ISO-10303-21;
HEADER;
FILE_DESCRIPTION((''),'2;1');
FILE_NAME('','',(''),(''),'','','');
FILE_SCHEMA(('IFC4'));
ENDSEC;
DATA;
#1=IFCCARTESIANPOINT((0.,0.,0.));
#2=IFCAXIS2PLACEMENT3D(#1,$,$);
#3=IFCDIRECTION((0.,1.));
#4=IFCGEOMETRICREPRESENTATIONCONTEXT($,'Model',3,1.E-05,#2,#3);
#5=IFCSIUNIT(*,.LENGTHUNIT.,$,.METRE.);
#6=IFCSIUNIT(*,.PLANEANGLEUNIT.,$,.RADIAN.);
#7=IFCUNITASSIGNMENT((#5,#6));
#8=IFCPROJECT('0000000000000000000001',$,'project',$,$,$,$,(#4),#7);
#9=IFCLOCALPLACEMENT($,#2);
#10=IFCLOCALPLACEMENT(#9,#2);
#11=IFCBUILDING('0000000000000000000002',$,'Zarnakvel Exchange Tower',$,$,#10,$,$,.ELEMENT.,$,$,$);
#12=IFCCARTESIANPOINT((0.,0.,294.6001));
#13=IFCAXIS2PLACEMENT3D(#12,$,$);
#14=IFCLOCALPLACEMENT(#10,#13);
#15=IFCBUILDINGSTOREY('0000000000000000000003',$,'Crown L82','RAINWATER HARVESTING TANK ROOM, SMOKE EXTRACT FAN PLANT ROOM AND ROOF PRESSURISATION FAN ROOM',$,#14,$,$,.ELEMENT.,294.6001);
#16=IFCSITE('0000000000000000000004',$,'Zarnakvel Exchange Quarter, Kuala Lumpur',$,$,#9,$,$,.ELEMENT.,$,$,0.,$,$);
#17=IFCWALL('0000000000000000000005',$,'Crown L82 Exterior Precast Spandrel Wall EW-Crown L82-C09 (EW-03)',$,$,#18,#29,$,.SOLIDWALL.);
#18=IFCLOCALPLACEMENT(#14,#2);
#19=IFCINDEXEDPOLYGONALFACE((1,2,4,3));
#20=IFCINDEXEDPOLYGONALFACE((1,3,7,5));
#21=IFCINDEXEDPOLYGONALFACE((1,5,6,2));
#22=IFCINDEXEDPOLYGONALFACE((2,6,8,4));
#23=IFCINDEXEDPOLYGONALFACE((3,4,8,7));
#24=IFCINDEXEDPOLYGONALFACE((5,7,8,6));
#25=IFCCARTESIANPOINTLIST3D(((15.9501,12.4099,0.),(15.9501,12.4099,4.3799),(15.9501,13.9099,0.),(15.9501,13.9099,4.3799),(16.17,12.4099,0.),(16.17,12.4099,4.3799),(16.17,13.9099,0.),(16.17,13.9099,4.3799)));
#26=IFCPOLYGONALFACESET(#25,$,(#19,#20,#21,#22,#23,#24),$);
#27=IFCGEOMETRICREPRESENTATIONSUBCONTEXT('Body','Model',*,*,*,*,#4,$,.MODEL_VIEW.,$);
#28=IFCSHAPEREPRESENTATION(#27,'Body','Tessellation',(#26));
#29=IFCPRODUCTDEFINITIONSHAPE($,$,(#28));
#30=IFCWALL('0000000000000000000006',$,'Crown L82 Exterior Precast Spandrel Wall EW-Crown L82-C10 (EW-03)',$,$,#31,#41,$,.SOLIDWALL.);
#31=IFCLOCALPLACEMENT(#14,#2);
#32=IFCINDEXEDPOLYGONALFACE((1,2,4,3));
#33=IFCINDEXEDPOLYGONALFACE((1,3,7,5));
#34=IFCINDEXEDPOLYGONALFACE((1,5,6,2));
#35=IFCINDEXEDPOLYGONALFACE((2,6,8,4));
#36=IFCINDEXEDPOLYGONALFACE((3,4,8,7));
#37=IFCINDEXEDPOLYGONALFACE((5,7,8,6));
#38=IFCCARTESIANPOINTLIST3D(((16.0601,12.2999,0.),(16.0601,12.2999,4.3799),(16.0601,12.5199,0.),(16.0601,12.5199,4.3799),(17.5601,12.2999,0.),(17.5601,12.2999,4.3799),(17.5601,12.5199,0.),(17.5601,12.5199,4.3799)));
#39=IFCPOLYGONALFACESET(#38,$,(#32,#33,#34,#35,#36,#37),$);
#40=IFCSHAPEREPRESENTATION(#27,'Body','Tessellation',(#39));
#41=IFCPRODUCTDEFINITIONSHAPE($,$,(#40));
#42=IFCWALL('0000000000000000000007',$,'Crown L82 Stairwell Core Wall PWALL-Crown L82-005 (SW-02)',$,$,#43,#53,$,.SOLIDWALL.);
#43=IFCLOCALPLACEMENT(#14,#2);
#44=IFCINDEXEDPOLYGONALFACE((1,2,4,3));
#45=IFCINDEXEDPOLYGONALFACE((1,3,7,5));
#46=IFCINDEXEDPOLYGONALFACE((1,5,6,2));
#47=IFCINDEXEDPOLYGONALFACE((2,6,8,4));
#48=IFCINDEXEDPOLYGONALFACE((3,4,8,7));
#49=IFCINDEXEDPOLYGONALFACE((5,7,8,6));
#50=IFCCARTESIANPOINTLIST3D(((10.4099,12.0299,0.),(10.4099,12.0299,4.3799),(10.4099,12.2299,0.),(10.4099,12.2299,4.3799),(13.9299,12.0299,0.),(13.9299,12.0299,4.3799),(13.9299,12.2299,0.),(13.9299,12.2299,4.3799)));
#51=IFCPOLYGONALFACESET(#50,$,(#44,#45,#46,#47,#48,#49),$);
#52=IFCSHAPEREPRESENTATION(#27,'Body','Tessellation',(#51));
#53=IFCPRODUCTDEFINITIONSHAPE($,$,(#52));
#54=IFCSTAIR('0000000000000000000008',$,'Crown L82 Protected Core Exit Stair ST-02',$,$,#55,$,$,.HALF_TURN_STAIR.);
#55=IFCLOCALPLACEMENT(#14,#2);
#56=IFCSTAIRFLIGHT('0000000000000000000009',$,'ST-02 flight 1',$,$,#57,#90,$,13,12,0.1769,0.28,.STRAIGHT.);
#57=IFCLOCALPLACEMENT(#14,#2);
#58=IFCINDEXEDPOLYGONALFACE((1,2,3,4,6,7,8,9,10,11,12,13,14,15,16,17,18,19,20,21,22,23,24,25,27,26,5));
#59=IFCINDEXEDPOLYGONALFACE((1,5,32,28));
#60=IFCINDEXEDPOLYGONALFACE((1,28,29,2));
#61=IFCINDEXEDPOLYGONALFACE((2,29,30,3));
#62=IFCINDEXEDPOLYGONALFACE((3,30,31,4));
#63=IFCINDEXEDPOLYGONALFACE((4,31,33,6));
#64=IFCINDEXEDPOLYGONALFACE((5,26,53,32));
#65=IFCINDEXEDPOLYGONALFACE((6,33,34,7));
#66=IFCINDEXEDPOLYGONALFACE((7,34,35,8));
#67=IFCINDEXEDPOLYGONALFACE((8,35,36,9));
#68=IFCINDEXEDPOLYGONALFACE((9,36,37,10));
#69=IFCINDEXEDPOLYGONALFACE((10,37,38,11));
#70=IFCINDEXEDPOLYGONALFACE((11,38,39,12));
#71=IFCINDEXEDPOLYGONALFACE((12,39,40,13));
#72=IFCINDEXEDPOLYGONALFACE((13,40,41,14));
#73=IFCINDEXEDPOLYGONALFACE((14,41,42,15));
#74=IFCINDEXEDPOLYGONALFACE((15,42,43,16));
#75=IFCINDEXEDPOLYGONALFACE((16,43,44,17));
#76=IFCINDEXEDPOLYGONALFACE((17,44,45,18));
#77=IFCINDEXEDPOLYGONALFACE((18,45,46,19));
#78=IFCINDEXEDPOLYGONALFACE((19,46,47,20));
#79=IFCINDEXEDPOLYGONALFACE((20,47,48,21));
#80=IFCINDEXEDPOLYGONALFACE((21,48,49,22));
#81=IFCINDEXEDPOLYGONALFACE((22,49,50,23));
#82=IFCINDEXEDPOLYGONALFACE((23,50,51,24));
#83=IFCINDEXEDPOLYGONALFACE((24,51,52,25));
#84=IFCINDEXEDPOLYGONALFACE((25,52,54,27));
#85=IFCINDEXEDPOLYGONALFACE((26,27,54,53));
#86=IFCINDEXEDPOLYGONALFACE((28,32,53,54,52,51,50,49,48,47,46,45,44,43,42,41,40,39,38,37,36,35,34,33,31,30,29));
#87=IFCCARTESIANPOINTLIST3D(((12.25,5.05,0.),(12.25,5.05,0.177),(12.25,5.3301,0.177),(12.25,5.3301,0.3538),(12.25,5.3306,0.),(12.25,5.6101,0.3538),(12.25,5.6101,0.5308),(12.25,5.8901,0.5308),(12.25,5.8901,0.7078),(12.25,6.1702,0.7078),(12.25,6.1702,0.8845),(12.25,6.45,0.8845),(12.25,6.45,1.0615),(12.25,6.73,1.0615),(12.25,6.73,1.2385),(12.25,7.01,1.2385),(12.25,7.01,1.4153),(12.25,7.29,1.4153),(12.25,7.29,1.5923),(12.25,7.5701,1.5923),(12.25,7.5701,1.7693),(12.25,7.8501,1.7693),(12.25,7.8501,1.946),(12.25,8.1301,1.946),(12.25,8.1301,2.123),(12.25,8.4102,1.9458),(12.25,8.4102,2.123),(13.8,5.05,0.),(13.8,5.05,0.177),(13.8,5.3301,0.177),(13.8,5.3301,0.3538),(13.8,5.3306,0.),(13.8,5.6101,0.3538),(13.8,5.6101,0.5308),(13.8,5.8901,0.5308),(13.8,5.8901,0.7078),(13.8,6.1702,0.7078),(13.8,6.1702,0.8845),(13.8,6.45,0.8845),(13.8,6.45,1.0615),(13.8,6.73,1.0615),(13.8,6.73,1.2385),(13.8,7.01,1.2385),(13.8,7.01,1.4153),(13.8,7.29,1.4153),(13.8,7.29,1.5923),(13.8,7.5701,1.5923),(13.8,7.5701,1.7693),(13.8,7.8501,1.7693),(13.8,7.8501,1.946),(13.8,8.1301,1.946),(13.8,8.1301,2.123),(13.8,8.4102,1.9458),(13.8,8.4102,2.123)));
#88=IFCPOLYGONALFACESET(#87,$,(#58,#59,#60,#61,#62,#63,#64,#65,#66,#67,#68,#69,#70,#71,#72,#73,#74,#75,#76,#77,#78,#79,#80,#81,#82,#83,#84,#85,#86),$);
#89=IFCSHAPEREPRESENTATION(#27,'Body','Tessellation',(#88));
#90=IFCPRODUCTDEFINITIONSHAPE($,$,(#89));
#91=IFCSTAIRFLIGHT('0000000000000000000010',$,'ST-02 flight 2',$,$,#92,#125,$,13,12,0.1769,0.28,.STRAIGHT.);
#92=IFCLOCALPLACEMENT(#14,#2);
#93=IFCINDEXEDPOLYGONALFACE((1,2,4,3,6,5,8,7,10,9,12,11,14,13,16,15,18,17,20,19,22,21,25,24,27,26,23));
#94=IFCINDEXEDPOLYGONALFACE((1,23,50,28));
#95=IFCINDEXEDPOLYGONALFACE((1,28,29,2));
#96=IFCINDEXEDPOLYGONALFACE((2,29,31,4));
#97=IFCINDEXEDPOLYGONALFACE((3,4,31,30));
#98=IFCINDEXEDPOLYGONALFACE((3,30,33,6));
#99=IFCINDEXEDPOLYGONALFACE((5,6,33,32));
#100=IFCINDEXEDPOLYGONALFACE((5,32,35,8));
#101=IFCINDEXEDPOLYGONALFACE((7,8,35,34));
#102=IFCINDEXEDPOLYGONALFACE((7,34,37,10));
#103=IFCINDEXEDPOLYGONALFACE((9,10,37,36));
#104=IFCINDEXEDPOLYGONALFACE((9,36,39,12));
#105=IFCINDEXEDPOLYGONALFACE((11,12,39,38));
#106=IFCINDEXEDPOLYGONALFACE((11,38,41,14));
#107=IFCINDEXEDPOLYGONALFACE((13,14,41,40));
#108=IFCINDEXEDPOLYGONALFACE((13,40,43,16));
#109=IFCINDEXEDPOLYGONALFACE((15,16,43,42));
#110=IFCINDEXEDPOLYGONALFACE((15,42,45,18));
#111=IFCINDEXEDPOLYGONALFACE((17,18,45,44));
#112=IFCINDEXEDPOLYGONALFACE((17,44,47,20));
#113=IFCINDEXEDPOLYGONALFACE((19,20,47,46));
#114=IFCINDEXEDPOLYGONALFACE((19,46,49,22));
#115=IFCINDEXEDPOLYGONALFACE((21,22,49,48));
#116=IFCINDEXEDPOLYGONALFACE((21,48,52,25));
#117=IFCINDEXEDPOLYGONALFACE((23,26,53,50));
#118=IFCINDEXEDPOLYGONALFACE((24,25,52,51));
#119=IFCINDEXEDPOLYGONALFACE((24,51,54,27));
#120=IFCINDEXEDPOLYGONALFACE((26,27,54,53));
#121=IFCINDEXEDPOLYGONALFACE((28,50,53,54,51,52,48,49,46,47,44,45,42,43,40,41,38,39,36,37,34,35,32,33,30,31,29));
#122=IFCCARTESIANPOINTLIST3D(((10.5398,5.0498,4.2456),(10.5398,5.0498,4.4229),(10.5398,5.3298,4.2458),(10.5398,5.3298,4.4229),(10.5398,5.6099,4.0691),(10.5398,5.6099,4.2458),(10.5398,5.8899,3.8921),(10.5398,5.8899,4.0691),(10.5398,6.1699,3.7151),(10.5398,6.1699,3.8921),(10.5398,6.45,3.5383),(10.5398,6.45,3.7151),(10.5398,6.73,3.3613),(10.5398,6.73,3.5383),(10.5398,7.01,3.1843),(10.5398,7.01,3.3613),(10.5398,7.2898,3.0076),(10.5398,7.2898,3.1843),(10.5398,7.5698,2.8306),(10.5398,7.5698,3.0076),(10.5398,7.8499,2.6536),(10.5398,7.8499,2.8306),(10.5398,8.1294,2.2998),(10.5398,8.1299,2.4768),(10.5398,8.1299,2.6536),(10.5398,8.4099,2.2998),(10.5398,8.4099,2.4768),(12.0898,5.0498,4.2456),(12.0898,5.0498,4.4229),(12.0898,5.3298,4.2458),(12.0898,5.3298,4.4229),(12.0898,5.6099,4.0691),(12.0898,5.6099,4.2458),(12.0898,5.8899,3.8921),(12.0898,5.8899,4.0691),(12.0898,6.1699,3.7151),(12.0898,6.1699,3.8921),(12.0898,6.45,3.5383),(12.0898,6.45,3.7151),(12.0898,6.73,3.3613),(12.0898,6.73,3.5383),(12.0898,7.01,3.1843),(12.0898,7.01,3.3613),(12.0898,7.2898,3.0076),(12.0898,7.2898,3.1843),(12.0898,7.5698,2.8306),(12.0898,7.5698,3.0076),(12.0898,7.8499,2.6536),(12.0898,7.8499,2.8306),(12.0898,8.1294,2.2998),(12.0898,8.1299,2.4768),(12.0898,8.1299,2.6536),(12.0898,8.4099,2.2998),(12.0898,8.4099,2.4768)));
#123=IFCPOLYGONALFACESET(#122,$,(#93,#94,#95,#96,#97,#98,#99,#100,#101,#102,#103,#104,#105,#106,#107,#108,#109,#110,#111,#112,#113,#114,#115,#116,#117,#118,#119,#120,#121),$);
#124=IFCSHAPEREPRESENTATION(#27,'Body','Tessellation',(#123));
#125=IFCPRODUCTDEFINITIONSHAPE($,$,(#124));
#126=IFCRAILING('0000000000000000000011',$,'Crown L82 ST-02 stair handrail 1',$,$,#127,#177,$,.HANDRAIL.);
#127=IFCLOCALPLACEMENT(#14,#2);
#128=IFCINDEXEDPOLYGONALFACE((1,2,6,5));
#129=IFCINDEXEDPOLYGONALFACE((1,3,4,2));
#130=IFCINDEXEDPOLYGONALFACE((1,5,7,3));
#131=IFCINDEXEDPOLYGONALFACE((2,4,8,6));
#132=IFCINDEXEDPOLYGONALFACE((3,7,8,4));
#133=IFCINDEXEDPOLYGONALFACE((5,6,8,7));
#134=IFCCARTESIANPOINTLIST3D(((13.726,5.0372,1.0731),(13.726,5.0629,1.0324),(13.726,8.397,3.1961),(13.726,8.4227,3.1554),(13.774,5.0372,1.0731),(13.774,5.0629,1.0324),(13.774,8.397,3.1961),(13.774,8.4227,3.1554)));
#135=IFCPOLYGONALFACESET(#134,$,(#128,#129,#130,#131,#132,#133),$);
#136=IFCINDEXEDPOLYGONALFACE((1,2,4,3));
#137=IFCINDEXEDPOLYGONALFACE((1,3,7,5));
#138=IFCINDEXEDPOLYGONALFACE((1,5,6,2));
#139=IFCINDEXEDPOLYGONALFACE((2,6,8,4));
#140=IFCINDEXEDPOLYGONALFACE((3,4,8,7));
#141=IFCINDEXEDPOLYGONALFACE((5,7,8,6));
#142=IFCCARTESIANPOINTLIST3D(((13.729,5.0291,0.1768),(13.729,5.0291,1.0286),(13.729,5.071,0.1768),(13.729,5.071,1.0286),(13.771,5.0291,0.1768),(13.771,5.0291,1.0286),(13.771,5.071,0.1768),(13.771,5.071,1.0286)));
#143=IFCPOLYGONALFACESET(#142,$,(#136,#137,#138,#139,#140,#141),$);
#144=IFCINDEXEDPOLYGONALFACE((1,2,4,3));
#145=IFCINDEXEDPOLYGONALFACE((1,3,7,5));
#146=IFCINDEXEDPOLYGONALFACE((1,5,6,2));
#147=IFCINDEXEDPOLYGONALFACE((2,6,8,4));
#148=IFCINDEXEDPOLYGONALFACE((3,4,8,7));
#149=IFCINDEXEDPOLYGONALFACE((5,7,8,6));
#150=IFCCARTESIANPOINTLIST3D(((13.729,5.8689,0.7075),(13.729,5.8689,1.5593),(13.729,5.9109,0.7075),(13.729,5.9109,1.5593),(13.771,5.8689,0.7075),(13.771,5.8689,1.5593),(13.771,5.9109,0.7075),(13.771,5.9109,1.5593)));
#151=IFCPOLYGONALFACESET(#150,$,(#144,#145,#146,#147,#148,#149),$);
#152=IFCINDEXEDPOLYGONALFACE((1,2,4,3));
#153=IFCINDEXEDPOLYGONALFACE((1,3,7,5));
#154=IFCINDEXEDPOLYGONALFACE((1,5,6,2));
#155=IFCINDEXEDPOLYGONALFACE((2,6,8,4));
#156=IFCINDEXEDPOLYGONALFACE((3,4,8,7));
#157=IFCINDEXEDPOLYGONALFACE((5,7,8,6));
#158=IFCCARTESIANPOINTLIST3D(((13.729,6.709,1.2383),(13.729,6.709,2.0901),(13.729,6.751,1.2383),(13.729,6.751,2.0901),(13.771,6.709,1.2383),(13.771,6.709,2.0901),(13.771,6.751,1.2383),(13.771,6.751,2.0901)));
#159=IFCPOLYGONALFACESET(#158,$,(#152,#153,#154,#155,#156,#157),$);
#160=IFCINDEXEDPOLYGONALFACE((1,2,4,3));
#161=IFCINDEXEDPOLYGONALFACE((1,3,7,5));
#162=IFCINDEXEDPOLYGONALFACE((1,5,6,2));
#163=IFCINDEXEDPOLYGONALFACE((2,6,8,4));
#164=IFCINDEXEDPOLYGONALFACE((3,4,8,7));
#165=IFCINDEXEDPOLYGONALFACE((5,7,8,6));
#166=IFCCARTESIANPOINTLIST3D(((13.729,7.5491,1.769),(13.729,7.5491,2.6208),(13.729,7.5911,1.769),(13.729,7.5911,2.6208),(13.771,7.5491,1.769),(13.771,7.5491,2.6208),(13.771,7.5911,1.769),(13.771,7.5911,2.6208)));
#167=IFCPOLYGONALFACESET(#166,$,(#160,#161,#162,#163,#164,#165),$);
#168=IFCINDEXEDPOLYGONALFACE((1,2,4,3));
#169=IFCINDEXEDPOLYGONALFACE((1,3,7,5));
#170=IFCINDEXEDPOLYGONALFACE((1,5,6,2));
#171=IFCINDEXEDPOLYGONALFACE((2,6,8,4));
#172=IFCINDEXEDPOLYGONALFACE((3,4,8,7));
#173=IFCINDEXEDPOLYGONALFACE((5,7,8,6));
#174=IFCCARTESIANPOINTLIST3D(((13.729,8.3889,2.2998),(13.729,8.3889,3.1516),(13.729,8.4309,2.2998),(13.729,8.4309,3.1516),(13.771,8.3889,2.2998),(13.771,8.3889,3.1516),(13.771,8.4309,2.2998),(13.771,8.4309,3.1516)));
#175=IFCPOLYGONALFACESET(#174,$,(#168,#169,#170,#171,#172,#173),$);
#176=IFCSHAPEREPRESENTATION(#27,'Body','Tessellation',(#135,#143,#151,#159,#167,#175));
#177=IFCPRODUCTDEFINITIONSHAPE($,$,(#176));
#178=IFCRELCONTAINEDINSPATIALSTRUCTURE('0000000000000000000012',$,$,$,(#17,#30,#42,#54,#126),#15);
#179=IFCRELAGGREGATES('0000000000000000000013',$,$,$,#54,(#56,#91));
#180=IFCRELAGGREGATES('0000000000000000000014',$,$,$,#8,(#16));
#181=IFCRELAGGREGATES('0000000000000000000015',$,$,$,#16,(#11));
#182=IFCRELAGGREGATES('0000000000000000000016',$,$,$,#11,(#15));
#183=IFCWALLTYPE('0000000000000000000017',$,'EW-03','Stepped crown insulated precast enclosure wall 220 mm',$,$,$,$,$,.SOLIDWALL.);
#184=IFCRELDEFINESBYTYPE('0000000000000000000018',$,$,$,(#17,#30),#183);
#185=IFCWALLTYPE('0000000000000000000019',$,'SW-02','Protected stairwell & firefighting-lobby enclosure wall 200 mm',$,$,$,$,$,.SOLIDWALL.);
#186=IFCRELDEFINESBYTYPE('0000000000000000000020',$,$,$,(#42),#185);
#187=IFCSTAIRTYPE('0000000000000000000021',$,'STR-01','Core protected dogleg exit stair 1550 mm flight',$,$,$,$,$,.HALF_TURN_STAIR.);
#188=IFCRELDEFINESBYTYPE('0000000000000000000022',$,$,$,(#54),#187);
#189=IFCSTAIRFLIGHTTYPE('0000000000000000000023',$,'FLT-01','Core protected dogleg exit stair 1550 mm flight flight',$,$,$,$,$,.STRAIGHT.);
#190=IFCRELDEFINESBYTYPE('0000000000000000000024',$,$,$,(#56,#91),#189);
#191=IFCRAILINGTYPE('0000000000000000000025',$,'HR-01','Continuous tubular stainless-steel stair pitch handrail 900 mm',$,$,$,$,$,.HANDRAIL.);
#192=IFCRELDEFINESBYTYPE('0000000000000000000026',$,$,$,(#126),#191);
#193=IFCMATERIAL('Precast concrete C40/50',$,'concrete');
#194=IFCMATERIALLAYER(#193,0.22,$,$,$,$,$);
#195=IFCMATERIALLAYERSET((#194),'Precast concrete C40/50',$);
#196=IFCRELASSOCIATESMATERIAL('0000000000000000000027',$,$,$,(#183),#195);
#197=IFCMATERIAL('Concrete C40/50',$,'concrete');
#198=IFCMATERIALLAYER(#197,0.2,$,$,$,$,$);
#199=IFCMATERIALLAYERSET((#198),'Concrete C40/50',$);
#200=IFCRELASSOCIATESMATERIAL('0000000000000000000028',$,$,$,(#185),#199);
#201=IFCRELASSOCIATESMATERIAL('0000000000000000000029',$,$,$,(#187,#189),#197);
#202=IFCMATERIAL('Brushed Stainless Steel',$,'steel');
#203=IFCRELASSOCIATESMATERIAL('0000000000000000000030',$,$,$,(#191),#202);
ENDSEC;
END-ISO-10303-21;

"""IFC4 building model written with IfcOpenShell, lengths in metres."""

from ifc_helpers import new_model, si_unit, direction, frame, frame_2d, origin, origin_2d, place, context, subcontext, project, spatial, polyline, rectangle, outline, extrude, material, layer, layer_set, type_object, element, aggregate, save


model = new_model("IFC4")

# Units and contexts
model_context = context("Model", 3, precision=1e-05, world=origin(), true_north=direction((0.0, 1.0)))
body_context = subcontext(model_context, "Body", "Model", "MODEL_VIEW")
ifc_project = project(units=[si_unit("LENGTHUNIT", "METRE"), si_unit("PLANEANGLEUNIT", "RADIAN")], contexts=[model_context])

# Site, building, storey
site_placement = place(None, origin())
site = spatial("IfcSite", under=ifc_project, at=site_placement, Name="Zarnakvel Exchange Quarter, Kuala Lumpur", CompositionType="ELEMENT", RefElevation=0.0)
building_placement = place(site_placement, origin())
building = spatial("IfcBuilding", under=site, at=building_placement, Name="Zarnakvel Exchange Tower", CompositionType="ELEMENT")
storey_placement = place(building_placement, frame((0.0, 0.0, 294.6001)))
storey = spatial("IfcBuildingStorey", under=building, at=storey_placement, Name="Crown L82", Description="RAINWATER HARVESTING TANK ROOM, SMOKE EXTRACT FAN PLANT ROOM AND ROOF PRESSURISATION FAN ROOM", CompositionType="ELEMENT", Elevation=294.6001)

# Walls
ifc_material_1 = material(Name="Precast concrete C40/50", Category="concrete")
ifc_layer_1 = layer(ifc_material_1, 0.22)
ifc_layer_set_1 = layer_set([ifc_layer_1], Name="Precast concrete C40/50")
wall_type_1 = type_object("IfcWallType", Name="EW-03", Description="Stepped crown insulated precast enclosure wall 220 mm", PredefinedType="SOLIDWALL", material=ifc_layer_set_1)
for number, where, z_axis, x_axis, name in (
    (1, (16.0601, 12.4099, 0.0), (0.0, 0.0, 1.0), (0.0, 1.0, 0.0), "Crown L82 Exterior Precast Spandrel Wall EW-Crown L82-C09 (EW-03)"),
    (2, (17.5601, 12.4099, 0.0), (0.0, 0.0, 1.0), (-1.0, 0.0, 0.0), "Crown L82 Exterior Precast Spandrel Wall EW-Crown L82-C10 (EW-03)"),
):
    element("IfcWall", number, at=place(storey_placement, frame(where, z_axis=z_axis, x_axis=x_axis)), inside=storey, type_object=wall_type_1, Name=name, PredefinedType="SOLIDWALL", context=body_context, shape_type="SweptSolid", body=[
        extrude(rectangle(XDim=1.5, YDim=0.22, at=frame_2d((0.75, 0.0))), origin(), (0.0, 0.0, 1.0), 4.3799),
    ])

# Shared definitions
ifc_material_2 = material(Name="Concrete C40/50", Category="concrete")
ifc_layer_2 = layer(ifc_material_2, 0.2)
ifc_layer_set_2 = layer_set([ifc_layer_2], Name="Concrete C40/50")
wall_type_2 = type_object("IfcWallType", Name="SW-02", Description="Protected stairwell & firefighting-lobby enclosure wall 200 mm", PredefinedType="SOLIDWALL", material=ifc_layer_set_2)

# Wall
wall_1_placement = place(storey_placement, frame((10.4099, 12.1299, 0.0), z_axis=(0.0, 0.0, 1.0), x_axis=(1.0, 0.0, 0.0)))
element("IfcWall", 3, at=wall_1_placement, inside=storey, type_object=wall_type_2, Name="Crown L82 Stairwell Core Wall PWALL-Crown L82-005 (SW-02)", PredefinedType="SOLIDWALL", context=body_context, shape_type="SweptSolid", body=[
    extrude(rectangle(XDim=3.52, YDim=0.2, at=frame_2d((1.76, 0.0))), origin(), (0.0, 0.0, 1.0), 4.3799),
])

# Stair, stair flights
stair_type = type_object("IfcStairType", Name="STR-01", Description="Core protected dogleg exit stair 1550 mm flight", PredefinedType="HALF_TURN_STAIR", material=ifc_material_2)
stair_placement = place(storey_placement, origin())
stair = element("IfcStair", 4, at=stair_placement, inside=storey, type_object=stair_type, Name="Crown L82 Protected Core Exit Stair ST-02", PredefinedType="HALF_TURN_STAIR")
stair_flight_type = type_object("IfcStairFlightType", Name="FLT-01", Description="Core protected dogleg exit stair 1550 mm flight flight", PredefinedType="STRAIGHT", material=ifc_material_2)
stair_flight_1_placement = place(storey_placement, frame((13.0249, 5.05, 0.0), z_axis=(0.0, 0.0, 1.0), x_axis=(0.0, 1.0, 0.0)))
stair_flight_1 = element("IfcStairFlight", 5, at=stair_flight_1_placement, type_object=stair_flight_type, Name="ST-02 flight 1", NumberOfRisers=13, NumberOfTreads=12, PredefinedType="STRAIGHT", RiserHeight=0.1769, TreadLength=0.28, context=body_context, shape_type="SweptSolid", body=[
    extrude(outline(polyline([(0.0, 0.0), (0.0, 0.177), (0.28, 0.177), (0.28, 0.3538), (0.5601, 0.3538), (0.5601, 0.5308), (0.8401, 0.5308), (0.8401, 0.7078), (1.1201, 0.7078), (1.1201, 0.8845), (1.3999, 0.8845), (1.3999, 1.0615), (1.6799, 1.0615), (1.6799, 1.2385), (1.96, 1.2385), (1.96, 1.4153), (2.24, 1.4153), (2.24, 1.5923), (2.52, 1.5923), (2.52, 1.7693), (2.8, 1.7693), (2.8, 1.946), (3.0801, 1.946), (3.0801, 2.123), (3.3601, 2.123), (3.3601, 2.3), (3.3601, 1.9458), (0.2805, 0.0), (0.0, 0.0)])), frame((0.0, 0.7749, 0.0), z_axis=(0.0, -1.0, 0.0), x_axis=(1.0, 0.0, 0.0)), (0.0, 0.0, 1.0), 1.55),
])
stair_flight_2_placement = place(storey_placement, frame((11.3149, 8.4099, 2.2998), z_axis=(0.0, 0.0, 1.0), x_axis=(0.0, -1.0, 0.0)))
stair_flight_2 = element("IfcStairFlight", 6, at=stair_flight_2_placement, type_object=stair_flight_type, Name="ST-02 flight 2", NumberOfRisers=13, NumberOfTreads=12, PredefinedType="STRAIGHT", RiserHeight=0.1769, TreadLength=0.28, context=body_context, shape_type="SweptSolid", body=[
    extrude(outline(polyline([(0.0, 0.0), (0.0, 0.177), (0.28, 0.177), (0.28, 0.3538), (0.5601, 0.3538), (0.5601, 0.5308), (0.8401, 0.5308), (0.8401, 0.7078), (1.1201, 0.7078), (1.1201, 0.8845), (1.3999, 0.8845), (1.3999, 1.0615), (1.6799, 1.0615), (1.6799, 1.2385), (1.96, 1.2385), (1.96, 1.4153), (2.24, 1.4153), (2.24, 1.5923), (2.52, 1.5923), (2.52, 1.7693), (2.8, 1.7693), (2.8, 1.946), (3.0801, 1.946), (3.0801, 2.123), (3.3601, 2.123), (3.3601, 2.3), (3.3601, 1.9458), (0.2805, 0.0), (0.0, 0.0)])), frame((0.0, 0.7749, 0.0), z_axis=(0.0, -1.0, 0.0), x_axis=(1.0, 0.0, 0.0)), (0.0, 0.0, 1.0), 1.55),
])
aggregate(stair, [stair_flight_1, stair_flight_2])

# Railing
ifc_material_3 = material(Name="Brushed Stainless Steel", Category="steel")
railing_type_1 = type_object("IfcRailingType", Name="HR-01", Description="Continuous tubular stainless-steel stair pitch handrail 900 mm", PredefinedType="HANDRAIL", material=ifc_material_3)
railing_1_placement = place(storey_placement, frame((13.75, 5.05, 0.1768)))
element("IfcRailing", 7, at=railing_1_placement, inside=storey, type_object=railing_type_1, Name="Crown L82 ST-02 stair handrail 1", PredefinedType="HANDRAIL", context=body_context, shape_type="SweptSolid", body=[
    extrude(rectangle(XDim=0.0481, YDim=0.0481, at=origin_2d()), frame((0.0, 0.0, 0.876), z_axis=(0.0, 0.845372, 0.534178), x_axis=(-1.0, 0.0, 0.0)), (0.0, 0.0, 1.0), 3.9744),
    extrude(rectangle(XDim=0.042, YDim=0.042, at=origin_2d()), origin(), (0.0, 0.0, 1.0), 0.8518),
    extrude(rectangle(XDim=0.042, YDim=0.042, at=origin_2d()), frame((0.0, 0.8398, 0.5308)), (0.0, 0.0, 1.0), 0.8518),
    extrude(rectangle(XDim=0.042, YDim=0.042, at=origin_2d()), frame((0.0, 1.6799, 1.0615)), (0.0, 0.0, 1.0), 0.8518),
    extrude(rectangle(XDim=0.042, YDim=0.042, at=origin_2d()), frame((0.0, 2.52, 1.5923)), (0.0, 0.0, 1.0), 0.8518),
    extrude(rectangle(XDim=0.042, YDim=0.042, at=origin_2d()), frame((0.0, 3.3599, 2.123)), (0.0, 0.0, 1.0), 0.8518),
])

save(model, "model.ifc")
